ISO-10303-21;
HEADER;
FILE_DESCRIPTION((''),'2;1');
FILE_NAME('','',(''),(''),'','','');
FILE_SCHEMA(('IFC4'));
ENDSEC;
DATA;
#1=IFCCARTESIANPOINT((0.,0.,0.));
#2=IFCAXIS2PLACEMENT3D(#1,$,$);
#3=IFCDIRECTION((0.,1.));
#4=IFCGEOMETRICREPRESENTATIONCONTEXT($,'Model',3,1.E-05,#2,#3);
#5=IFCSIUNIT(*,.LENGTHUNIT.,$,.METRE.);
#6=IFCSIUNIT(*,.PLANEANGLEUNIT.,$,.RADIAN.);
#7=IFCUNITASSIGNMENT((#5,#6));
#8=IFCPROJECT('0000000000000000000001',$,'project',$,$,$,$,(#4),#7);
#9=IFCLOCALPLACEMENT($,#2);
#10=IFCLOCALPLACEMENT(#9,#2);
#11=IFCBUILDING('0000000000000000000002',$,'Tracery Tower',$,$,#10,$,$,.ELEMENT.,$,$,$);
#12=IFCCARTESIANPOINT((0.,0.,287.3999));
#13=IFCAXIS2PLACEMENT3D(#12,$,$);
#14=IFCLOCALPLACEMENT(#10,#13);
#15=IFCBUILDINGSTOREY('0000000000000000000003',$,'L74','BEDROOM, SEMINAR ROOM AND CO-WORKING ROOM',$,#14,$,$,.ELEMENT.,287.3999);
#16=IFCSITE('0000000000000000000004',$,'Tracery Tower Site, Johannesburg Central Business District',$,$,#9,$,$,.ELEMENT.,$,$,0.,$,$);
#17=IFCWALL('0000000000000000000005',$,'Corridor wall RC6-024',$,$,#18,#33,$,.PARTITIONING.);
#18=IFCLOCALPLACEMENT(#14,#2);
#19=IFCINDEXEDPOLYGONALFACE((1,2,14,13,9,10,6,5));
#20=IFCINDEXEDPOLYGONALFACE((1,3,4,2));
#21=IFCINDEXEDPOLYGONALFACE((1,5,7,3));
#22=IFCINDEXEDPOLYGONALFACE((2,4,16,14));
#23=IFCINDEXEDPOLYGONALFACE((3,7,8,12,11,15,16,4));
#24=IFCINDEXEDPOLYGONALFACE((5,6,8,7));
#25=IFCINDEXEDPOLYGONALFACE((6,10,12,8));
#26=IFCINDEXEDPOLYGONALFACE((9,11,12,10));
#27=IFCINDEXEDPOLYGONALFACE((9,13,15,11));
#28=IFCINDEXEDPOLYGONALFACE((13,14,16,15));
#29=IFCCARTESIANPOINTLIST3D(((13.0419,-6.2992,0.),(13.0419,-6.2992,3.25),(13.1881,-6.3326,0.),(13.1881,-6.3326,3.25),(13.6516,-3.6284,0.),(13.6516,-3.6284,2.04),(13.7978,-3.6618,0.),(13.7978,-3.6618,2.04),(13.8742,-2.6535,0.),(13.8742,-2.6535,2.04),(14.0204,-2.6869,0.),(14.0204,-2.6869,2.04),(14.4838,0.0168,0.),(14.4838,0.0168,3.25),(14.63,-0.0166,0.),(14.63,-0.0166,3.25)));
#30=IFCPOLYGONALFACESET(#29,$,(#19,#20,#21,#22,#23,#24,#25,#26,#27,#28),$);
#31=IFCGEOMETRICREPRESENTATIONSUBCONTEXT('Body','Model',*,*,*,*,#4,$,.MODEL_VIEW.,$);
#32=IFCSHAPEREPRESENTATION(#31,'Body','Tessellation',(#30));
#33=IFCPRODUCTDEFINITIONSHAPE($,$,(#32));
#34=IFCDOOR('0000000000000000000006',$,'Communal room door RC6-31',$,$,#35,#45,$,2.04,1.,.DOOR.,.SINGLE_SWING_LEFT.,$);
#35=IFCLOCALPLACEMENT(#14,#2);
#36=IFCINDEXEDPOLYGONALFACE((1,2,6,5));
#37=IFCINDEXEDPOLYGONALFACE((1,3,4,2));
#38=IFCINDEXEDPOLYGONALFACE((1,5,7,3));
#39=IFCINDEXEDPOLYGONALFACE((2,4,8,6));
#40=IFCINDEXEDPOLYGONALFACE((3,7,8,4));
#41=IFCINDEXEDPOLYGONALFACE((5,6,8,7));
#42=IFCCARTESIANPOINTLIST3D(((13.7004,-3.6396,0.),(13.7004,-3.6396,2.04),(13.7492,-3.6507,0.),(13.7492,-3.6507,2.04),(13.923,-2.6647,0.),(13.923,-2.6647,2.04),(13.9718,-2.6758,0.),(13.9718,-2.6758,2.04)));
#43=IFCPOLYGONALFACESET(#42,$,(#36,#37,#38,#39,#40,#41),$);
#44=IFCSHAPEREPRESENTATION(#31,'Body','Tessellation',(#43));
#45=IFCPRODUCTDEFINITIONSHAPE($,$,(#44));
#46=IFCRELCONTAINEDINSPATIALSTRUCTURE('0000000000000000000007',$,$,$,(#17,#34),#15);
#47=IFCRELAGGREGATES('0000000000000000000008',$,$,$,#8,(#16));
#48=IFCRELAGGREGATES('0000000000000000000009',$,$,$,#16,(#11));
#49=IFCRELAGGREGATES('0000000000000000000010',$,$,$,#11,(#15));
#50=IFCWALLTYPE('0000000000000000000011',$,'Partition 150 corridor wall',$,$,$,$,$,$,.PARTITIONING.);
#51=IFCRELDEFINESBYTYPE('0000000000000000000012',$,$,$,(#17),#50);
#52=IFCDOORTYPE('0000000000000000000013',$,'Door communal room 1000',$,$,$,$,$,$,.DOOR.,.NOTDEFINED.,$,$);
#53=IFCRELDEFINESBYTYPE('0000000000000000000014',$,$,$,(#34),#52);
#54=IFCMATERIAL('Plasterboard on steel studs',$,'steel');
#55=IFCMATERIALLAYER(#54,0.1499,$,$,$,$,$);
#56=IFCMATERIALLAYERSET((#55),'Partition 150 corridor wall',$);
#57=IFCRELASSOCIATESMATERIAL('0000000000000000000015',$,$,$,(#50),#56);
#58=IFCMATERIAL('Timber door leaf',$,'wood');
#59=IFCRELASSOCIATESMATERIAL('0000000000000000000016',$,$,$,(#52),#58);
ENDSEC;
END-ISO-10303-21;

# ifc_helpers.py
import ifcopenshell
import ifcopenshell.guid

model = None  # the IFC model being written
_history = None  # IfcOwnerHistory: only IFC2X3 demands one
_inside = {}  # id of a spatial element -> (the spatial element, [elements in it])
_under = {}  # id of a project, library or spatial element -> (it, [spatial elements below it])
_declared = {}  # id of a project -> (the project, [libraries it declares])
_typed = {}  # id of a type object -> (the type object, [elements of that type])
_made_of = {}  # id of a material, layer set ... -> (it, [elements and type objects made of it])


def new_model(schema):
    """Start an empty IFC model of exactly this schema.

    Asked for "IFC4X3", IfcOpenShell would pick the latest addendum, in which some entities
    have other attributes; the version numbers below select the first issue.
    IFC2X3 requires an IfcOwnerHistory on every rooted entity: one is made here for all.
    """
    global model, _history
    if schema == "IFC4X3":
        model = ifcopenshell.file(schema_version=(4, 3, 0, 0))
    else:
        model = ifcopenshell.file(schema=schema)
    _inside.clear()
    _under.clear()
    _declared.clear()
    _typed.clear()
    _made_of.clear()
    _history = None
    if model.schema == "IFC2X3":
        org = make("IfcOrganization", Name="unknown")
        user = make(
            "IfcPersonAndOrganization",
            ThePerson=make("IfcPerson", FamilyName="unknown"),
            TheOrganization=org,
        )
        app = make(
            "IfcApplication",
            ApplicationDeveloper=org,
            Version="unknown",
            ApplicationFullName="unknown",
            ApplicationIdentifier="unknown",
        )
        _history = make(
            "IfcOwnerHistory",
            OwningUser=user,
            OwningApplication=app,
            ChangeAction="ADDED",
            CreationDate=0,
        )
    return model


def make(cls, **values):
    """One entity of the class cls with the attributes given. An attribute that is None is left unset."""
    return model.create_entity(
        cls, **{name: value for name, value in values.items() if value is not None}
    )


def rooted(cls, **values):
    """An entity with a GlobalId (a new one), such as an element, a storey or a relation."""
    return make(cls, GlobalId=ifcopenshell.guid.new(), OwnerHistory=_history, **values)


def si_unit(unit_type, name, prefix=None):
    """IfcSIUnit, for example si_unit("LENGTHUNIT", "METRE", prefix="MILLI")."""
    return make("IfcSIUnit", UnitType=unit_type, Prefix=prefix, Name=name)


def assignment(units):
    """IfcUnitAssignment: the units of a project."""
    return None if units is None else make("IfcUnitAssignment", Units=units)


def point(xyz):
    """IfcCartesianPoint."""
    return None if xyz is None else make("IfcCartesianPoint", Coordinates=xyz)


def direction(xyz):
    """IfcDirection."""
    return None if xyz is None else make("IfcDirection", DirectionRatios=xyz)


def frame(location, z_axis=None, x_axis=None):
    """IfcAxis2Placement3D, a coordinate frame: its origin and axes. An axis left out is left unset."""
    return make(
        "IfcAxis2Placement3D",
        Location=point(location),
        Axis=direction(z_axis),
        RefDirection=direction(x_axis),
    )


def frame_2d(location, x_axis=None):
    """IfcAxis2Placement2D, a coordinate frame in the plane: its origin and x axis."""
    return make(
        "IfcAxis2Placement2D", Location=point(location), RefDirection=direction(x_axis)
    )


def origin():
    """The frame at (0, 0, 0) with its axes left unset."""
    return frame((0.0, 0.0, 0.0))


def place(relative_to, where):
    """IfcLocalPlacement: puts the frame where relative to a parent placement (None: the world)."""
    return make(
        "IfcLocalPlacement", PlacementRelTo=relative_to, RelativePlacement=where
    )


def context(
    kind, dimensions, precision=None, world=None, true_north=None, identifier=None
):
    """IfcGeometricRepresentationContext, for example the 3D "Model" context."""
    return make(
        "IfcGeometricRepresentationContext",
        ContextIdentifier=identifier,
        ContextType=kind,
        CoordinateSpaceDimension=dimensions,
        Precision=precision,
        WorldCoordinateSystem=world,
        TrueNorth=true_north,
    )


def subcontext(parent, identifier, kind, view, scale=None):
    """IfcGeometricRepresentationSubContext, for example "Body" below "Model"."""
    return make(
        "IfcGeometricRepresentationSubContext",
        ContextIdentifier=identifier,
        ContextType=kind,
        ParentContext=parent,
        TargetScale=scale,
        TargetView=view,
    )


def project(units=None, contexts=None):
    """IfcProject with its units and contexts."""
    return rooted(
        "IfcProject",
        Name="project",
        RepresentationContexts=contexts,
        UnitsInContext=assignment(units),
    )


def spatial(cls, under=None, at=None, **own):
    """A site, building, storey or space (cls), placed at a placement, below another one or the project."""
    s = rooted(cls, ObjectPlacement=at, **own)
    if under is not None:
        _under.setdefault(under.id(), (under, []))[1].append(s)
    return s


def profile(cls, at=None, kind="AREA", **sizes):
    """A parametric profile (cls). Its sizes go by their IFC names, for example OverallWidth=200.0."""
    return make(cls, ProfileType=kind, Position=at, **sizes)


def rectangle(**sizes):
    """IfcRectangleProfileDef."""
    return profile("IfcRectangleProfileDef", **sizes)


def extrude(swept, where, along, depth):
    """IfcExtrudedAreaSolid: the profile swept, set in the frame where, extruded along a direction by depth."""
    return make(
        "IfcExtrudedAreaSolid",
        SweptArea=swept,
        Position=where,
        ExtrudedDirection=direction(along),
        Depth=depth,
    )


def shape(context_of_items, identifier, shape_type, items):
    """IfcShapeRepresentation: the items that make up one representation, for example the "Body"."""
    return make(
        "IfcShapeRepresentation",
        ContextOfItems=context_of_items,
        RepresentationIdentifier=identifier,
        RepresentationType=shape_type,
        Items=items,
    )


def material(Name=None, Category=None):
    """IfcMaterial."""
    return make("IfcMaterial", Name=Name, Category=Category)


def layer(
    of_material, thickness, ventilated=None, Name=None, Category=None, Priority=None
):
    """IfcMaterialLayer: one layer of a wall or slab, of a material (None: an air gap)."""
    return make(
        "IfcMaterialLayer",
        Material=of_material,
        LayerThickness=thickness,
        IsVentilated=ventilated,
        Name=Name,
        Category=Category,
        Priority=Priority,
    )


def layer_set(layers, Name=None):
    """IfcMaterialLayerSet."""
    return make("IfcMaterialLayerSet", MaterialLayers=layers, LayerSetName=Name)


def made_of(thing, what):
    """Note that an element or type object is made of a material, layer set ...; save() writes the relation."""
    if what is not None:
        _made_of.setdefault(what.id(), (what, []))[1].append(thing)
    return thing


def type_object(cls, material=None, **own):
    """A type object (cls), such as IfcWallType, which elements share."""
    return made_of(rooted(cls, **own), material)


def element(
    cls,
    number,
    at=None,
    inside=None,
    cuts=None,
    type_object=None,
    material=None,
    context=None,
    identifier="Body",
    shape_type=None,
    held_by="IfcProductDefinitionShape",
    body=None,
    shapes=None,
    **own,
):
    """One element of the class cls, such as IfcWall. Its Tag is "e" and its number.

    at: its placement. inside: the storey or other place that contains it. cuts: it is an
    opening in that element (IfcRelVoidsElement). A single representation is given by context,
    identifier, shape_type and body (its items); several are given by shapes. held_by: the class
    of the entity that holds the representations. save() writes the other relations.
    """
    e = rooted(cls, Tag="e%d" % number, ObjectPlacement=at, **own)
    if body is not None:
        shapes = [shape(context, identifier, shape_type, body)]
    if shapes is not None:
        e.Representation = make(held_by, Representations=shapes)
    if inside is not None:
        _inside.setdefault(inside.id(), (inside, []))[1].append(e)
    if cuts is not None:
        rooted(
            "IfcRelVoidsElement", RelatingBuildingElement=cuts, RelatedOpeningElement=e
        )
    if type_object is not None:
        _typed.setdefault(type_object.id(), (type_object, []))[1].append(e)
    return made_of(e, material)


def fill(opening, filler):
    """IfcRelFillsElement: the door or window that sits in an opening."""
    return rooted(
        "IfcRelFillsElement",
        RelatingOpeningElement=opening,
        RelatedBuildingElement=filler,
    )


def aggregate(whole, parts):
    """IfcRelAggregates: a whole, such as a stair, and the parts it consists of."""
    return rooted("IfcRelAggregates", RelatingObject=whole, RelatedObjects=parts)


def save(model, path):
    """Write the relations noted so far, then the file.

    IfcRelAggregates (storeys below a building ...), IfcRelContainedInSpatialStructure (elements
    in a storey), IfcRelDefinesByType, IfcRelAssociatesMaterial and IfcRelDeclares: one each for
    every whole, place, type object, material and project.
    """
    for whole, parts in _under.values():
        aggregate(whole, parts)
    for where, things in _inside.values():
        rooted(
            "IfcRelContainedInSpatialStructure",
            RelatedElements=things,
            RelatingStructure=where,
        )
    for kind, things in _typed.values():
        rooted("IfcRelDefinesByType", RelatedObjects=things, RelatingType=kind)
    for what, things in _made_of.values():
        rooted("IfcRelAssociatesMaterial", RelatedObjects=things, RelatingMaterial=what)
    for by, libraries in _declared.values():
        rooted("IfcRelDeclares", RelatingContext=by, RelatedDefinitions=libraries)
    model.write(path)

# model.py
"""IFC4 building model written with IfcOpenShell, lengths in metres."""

from ifc_helpers import new_model, si_unit, direction, frame, frame_2d, origin, place, context, subcontext, project, spatial, rectangle, extrude, material, layer, layer_set, type_object, element, fill, save


model = new_model("IFC4")

# Units and contexts
model_context = context("Model", 3, precision=1e-05, world=origin(), true_north=direction((0.0, 1.0)))
body_context = subcontext(model_context, "Body", "Model", "MODEL_VIEW")
ifc_project = project(units=[si_unit("LENGTHUNIT", "METRE"), si_unit("PLANEANGLEUNIT", "RADIAN")], contexts=[model_context])

# Site, building, storey
site_placement = place(None, origin())
site = spatial("IfcSite", under=ifc_project, at=site_placement, Name="Tracery Tower Site, Johannesburg Central Business District", CompositionType="ELEMENT", RefElevation=0.0)
building_placement = place(site_placement, origin())
building = spatial("IfcBuilding", under=site, at=building_placement, Name="Tracery Tower", CompositionType="ELEMENT")
storey_placement = place(building_placement, frame((0.0, 0.0, 287.3999)))
storey = spatial("IfcBuildingStorey", under=building, at=storey_placement, Name="L74", Description="BEDROOM, SEMINAR ROOM AND CO-WORKING ROOM", CompositionType="ELEMENT", Elevation=287.3999)

# Shared definitions
ifc_material_1 = material(Name="Plasterboard on steel studs", Category="steel")
ifc_layer_1 = layer(ifc_material_1, 0.1499)
ifc_layer_set_1 = layer_set([ifc_layer_1], Name="Partition 150 corridor wall")
wall_type_1 = type_object("IfcWallType", Name="Partition 150 corridor wall", PredefinedType="PARTITIONING", material=ifc_layer_set_1)

# Wall, opening, door
wall_1_placement = place(storey_placement, frame((13.115, -6.3159, 0.0), z_axis=(0.0, 0.0, 1.0), x_axis=(0.222569, 0.974917, 0.0)))
wall_1 = element("IfcWall", 1, at=wall_1_placement, inside=storey, type_object=wall_type_1, Name="Corridor wall RC6-024", PredefinedType="PARTITIONING", context=body_context, shape_type="SweptSolid", body=[
    extrude(rectangle(XDim=6.4785, YDim=0.1499, at=frame_2d((3.2393, 0.0))), origin(), (0.0, 0.0, 1.0), 3.25),
])
opening_1_placement = place(wall_1_placement, frame((2.7395, 0.0, 0.0)))
opening_1 = element("IfcOpeningElement", 2, at=opening_1_placement, cuts=wall_1, PredefinedType="OPENING", context=body_context, shape_type="SweptSolid", body=[
    extrude(rectangle(XDim=1.0, YDim=2.04, at=frame_2d((0.5, 1.02))), frame((0.0, 0.075, 0.0), z_axis=(0.0, -1.0, 0.0), x_axis=(1.0, 0.0, 0.0)), (0.0, 0.0, 1.0), 0.1499),
])
ifc_material_2 = material(Name="Timber door leaf", Category="wood")
door_type_1 = type_object("IfcDoorType", Name="Door communal room 1000", OperationType="NOTDEFINED", PredefinedType="DOOR", material=ifc_material_2)
door_1_placement = place(opening_1_placement, origin())
door_1 = element("IfcDoor", 3, at=door_1_placement, inside=storey, type_object=door_type_1, Name="Communal room door RC6-31", OperationType="SINGLE_SWING_LEFT", OverallHeight=2.04, OverallWidth=1.0, PredefinedType="DOOR", context=body_context, shape_type="SweptSolid", body=[
    extrude(rectangle(XDim=1.0, YDim=2.04, at=frame_2d((0.5, 1.02))), frame((0.0, 0.0249, 0.0), z_axis=(0.0, -1.0, 0.0), x_axis=(1.0, 0.0, 0.0)), (0.0, 0.0, 1.0), 0.05),
])
fill(opening_1, door_1)

save(model, "model.ifc")
